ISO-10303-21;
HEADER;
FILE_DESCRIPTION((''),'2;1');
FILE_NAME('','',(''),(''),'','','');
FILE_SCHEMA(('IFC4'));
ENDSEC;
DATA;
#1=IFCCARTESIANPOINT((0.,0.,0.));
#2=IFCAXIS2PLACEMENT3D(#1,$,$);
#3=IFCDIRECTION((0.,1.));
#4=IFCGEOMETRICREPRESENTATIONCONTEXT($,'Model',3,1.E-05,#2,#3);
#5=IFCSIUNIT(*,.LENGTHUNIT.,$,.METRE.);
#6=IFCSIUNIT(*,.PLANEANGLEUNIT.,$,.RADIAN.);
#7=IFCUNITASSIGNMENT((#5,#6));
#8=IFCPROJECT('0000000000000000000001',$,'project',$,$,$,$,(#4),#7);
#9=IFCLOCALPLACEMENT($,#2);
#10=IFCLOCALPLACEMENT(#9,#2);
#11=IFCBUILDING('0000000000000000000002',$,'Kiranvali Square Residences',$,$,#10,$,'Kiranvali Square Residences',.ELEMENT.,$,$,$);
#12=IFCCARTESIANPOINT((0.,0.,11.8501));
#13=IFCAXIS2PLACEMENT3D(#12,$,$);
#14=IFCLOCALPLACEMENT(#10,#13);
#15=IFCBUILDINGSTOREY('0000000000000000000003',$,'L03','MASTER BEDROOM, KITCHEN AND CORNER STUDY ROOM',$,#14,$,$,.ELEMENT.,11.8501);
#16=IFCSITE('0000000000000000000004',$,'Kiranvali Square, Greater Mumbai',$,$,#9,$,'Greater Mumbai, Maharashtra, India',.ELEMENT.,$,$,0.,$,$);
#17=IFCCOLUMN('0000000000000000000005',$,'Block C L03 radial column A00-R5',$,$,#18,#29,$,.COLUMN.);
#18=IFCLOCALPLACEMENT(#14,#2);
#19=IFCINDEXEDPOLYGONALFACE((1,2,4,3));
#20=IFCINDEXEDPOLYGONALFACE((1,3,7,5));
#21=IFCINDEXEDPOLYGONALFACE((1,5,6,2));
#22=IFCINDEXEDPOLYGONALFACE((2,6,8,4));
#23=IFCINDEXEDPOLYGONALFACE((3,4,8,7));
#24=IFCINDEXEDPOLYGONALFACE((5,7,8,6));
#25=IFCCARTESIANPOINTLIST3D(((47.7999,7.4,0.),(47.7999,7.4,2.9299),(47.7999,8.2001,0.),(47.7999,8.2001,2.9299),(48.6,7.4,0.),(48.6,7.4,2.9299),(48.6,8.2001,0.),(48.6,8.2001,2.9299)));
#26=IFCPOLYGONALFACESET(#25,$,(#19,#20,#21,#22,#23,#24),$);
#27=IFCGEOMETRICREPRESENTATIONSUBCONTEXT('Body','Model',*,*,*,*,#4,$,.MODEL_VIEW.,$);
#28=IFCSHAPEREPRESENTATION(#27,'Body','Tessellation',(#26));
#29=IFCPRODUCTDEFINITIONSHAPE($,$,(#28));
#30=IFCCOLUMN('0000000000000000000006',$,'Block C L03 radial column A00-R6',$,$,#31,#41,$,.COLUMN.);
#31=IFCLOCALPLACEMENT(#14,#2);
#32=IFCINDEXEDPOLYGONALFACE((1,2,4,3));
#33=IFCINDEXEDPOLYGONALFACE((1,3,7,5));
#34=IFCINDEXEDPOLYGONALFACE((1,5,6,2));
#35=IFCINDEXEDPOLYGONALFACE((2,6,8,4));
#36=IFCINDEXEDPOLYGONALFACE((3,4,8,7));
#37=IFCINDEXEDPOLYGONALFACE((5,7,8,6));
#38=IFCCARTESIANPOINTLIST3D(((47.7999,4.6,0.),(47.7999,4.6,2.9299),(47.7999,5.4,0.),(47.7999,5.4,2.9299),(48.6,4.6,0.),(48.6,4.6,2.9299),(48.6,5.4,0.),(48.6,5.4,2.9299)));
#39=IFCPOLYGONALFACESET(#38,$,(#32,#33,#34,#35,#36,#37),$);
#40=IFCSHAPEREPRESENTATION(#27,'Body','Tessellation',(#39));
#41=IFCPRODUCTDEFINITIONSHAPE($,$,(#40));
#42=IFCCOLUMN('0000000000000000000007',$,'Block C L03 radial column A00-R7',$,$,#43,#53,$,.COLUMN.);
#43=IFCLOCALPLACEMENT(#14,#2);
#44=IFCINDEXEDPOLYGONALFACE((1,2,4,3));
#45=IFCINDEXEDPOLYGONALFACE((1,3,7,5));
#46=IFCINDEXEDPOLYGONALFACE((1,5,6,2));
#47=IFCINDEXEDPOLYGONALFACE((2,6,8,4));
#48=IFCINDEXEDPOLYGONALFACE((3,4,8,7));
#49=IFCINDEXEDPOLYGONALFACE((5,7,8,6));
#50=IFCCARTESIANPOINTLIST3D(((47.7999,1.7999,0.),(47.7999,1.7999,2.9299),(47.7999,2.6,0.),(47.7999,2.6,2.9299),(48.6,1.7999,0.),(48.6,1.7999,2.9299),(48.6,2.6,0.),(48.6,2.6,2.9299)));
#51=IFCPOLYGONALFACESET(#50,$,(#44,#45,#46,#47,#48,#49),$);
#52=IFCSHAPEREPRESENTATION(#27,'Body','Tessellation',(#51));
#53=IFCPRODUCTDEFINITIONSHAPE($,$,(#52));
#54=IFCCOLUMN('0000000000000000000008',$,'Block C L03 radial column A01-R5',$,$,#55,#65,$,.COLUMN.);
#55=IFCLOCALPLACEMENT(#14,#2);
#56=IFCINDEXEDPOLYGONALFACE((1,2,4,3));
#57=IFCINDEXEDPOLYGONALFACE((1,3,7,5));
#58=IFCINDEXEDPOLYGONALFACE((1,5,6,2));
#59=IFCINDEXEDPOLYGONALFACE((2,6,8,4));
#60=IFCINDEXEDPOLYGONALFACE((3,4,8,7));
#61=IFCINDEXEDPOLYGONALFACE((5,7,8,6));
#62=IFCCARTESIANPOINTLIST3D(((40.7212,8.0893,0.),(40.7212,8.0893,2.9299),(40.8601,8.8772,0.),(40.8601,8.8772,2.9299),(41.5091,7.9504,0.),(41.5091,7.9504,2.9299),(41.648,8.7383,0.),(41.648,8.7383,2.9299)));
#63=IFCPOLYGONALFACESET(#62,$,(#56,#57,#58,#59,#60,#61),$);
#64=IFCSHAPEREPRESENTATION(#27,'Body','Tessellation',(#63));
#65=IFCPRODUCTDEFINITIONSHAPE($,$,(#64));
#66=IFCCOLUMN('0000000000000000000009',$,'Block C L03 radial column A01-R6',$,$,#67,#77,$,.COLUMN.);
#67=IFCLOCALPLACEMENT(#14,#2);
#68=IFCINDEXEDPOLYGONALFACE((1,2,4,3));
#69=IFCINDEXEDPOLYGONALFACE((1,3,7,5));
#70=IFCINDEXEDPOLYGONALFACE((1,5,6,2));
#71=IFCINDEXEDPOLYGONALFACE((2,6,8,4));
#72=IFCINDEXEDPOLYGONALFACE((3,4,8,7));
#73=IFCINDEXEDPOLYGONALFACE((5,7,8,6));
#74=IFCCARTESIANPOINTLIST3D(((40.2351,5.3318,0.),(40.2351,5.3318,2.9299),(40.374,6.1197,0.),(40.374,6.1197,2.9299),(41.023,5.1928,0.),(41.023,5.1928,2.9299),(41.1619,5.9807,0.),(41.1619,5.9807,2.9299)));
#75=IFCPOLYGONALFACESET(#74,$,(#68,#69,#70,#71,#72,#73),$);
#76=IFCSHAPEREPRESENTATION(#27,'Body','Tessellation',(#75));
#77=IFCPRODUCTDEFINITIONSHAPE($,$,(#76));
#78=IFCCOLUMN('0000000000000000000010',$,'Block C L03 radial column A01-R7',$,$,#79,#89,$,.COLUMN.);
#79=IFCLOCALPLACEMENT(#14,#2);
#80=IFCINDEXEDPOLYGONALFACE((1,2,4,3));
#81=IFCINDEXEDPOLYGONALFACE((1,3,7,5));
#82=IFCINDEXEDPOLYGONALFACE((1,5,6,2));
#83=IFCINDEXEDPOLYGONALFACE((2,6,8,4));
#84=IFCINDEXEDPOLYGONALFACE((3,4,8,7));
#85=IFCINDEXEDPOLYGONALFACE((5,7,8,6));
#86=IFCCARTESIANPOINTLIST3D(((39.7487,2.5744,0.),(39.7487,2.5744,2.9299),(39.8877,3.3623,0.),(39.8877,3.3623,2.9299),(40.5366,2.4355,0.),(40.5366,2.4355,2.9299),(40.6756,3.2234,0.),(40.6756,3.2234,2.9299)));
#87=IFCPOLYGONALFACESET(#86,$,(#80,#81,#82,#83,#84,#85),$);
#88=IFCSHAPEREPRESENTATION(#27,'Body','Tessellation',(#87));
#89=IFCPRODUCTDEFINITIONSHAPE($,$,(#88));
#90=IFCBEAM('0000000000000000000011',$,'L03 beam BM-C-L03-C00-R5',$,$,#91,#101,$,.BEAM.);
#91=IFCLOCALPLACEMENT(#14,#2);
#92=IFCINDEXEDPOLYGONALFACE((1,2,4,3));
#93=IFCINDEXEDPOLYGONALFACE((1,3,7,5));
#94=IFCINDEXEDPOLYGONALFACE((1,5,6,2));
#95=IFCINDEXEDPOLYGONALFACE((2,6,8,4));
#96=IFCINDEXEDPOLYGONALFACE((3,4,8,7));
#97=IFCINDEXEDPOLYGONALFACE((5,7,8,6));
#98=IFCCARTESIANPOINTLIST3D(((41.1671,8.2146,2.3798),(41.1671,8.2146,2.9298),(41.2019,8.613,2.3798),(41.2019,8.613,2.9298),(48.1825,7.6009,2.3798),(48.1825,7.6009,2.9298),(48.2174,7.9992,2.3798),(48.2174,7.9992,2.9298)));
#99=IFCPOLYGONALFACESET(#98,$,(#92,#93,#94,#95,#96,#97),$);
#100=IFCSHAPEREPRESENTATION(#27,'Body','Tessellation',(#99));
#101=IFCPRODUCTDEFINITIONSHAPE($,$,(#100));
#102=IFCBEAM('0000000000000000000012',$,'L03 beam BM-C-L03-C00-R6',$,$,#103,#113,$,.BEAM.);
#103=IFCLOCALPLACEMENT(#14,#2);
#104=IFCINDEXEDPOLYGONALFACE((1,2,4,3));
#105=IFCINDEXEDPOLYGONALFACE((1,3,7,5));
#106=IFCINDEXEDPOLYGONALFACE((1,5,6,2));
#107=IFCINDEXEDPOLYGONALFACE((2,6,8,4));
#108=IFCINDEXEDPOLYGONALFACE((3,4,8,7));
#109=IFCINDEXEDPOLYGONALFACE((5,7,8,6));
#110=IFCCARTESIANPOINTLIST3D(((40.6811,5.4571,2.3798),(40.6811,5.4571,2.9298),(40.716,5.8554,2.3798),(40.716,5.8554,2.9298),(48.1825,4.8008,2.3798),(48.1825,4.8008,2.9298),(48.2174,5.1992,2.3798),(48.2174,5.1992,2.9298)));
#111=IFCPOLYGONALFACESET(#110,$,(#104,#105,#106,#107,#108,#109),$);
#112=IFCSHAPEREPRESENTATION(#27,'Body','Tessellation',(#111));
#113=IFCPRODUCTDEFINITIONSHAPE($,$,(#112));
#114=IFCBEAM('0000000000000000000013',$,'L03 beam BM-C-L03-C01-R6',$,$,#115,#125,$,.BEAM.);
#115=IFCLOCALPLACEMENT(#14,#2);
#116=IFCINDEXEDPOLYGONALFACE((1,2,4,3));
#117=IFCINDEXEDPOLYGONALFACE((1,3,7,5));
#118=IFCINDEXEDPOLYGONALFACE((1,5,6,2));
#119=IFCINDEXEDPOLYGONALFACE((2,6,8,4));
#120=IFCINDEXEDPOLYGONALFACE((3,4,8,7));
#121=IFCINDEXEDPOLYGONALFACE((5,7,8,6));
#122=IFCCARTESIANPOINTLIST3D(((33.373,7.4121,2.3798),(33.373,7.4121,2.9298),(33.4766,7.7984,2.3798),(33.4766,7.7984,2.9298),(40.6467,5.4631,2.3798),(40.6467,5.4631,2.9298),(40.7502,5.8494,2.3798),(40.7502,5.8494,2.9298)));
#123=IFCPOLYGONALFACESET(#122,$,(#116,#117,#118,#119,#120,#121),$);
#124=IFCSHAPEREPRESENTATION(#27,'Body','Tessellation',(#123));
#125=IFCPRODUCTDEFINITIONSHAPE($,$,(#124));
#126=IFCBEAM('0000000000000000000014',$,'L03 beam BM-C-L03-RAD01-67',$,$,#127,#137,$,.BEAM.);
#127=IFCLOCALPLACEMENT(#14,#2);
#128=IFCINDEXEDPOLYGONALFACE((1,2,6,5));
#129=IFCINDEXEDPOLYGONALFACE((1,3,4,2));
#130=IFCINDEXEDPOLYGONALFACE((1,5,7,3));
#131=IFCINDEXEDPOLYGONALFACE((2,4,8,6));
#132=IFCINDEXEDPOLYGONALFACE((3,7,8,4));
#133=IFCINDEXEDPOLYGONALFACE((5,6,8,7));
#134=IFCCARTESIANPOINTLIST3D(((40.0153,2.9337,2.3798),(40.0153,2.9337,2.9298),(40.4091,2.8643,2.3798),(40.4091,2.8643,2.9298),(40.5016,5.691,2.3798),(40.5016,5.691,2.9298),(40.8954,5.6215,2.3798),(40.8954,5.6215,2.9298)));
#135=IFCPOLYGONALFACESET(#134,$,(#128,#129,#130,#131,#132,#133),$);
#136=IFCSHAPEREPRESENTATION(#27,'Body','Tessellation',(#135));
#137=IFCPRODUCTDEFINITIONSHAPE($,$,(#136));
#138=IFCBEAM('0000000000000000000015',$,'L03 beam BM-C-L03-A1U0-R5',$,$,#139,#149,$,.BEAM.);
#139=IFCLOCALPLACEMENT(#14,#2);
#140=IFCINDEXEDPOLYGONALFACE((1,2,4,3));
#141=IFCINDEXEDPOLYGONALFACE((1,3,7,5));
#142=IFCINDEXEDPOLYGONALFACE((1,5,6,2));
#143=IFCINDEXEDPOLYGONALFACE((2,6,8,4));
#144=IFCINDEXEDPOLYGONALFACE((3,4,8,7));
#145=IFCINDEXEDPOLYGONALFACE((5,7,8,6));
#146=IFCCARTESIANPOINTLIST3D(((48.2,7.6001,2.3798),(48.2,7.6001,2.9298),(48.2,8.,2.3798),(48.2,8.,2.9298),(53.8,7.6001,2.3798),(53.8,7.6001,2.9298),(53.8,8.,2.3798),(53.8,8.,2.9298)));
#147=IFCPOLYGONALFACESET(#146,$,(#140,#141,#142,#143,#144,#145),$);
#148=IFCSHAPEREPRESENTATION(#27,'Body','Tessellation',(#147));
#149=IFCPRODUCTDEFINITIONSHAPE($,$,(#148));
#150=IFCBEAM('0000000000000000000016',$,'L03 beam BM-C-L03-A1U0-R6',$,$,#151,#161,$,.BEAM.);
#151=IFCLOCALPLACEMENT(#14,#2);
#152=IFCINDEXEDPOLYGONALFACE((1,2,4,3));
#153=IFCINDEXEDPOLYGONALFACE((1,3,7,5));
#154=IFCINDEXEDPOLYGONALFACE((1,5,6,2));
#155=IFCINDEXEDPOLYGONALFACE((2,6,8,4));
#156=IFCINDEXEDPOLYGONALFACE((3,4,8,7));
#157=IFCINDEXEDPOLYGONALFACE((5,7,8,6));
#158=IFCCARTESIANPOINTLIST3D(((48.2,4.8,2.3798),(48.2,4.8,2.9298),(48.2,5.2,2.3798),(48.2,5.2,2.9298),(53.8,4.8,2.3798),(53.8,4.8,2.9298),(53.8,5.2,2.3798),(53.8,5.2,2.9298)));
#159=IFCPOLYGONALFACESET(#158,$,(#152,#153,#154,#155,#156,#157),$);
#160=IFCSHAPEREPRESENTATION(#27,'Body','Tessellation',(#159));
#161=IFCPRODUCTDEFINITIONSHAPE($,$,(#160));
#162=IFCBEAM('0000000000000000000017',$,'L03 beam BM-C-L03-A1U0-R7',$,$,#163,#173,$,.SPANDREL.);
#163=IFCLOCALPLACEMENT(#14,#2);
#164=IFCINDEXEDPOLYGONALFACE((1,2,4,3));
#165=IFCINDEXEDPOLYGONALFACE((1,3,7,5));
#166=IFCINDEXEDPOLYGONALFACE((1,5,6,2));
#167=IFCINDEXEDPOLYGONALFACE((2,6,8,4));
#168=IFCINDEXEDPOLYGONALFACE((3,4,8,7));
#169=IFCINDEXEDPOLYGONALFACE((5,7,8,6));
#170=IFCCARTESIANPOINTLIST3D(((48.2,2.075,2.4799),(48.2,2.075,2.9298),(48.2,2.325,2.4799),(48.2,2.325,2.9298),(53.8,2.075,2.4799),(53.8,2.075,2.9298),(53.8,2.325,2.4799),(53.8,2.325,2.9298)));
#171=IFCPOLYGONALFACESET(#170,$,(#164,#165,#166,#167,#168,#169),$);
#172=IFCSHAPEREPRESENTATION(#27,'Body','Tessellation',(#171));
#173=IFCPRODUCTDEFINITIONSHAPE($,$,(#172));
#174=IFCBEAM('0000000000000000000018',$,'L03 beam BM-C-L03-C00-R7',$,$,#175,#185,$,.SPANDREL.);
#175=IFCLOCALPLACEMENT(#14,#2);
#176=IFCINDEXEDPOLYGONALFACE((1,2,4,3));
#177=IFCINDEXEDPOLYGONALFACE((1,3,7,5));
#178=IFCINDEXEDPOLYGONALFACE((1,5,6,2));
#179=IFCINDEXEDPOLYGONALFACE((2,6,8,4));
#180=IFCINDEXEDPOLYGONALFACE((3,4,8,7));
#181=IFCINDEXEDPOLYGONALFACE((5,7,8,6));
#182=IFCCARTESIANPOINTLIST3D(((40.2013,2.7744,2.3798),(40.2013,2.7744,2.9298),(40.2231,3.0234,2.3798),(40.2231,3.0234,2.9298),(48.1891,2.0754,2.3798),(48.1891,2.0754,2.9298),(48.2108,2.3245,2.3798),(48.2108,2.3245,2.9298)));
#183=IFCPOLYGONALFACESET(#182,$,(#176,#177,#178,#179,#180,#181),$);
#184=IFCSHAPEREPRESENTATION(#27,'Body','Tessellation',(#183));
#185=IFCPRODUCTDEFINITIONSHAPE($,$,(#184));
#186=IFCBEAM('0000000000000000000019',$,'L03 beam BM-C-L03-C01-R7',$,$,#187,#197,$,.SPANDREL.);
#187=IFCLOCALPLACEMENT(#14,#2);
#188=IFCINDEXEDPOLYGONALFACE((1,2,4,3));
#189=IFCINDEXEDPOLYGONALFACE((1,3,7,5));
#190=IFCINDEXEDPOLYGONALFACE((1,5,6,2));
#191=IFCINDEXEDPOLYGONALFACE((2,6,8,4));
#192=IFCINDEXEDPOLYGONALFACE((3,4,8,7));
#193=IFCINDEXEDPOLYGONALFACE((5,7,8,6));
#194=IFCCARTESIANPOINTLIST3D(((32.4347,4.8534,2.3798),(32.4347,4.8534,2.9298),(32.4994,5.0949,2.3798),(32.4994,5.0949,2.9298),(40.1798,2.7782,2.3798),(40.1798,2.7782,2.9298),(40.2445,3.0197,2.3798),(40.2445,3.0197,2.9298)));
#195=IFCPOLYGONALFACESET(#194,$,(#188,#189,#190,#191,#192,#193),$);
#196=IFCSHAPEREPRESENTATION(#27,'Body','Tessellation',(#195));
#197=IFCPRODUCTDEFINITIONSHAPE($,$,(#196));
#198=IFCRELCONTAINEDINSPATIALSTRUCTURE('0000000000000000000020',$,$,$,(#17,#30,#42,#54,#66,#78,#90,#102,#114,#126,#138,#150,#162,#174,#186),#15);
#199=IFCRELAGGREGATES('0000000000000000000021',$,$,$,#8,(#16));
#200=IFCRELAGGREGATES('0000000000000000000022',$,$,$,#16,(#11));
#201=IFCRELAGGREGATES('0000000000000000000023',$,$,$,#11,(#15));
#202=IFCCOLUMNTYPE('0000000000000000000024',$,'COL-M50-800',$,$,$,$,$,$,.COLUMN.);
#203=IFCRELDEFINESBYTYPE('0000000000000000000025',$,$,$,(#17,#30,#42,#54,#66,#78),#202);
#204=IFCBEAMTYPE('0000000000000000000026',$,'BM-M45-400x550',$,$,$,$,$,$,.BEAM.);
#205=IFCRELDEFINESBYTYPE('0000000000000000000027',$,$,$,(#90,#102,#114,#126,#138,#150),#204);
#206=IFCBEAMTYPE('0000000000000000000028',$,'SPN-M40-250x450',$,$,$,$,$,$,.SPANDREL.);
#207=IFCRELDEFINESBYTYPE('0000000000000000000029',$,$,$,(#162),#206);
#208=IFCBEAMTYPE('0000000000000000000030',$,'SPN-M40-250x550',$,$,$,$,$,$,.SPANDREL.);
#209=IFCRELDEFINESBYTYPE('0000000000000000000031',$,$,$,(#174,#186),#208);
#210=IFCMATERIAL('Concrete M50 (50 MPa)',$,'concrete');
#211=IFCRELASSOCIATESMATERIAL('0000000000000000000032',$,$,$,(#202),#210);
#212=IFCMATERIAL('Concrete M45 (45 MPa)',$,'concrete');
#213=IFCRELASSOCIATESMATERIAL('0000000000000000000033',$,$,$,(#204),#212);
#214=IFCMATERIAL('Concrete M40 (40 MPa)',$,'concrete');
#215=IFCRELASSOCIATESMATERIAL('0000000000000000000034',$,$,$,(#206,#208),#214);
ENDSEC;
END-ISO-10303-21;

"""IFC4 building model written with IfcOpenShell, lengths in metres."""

from ifc_helpers import new_model, si_unit, direction, frame, origin, origin_2d, place, context, subcontext, project, spatial, rectangle, extrude, material, material_profile, profile_set, type_object, element, save


model = new_model("IFC4")

# Units and contexts
model_context = context("Model", 3, precision=1e-05, world=origin(), true_north=direction((0.0, 1.0)))
body_context = subcontext(model_context, "Body", "Model", "MODEL_VIEW")
ifc_project = project(units=[si_unit("LENGTHUNIT", "METRE"), si_unit("PLANEANGLEUNIT", "RADIAN")], contexts=[model_context])

# Site, building, storey
site_placement = place(None, origin())
site = spatial("IfcSite", under=ifc_project, at=site_placement, Name="Kiranvali Square, Greater Mumbai", LongName="Greater Mumbai, Maharashtra, India", CompositionType="ELEMENT", RefElevation=0.0)
building_placement = place(site_placement, origin())
building = spatial("IfcBuilding", under=site, at=building_placement, Name="Kiranvali Square Residences", LongName="Kiranvali Square Residences", CompositionType="ELEMENT")
storey_placement = place(building_placement, frame((0.0, 0.0, 11.8501)))
storey = spatial("IfcBuildingStorey", under=building, at=storey_placement, Name="L03", Description="MASTER BEDROOM, KITCHEN AND CORNER STUDY ROOM", CompositionType="ELEMENT", Elevation=11.8501)

# Columns
ifc_material_1 = material(Name="Concrete M50 (50 MPa)", Category="concrete")
ifc_material_profile_1 = material_profile(ifc_material_1, rectangle(XDim=0.8, YDim=0.8, at=origin_2d()), Name="RC 800x800")
ifc_profile_set_1 = profile_set([ifc_material_profile_1], Name="Concrete M50 (50 MPa)")
column_type = type_object("IfcColumnType", Name="COL-M50-800", PredefinedType="COLUMN", material=ifc_profile_set_1)
for number, where, z_axis, x_axis, name in (
    (1, (48.2, 7.8, 0.0), (0.0, 0.0, 1.0), (1.0, 0.0, 0.0), "Block C L03 radial column A00-R5"),
    (2, (48.2, 5.0, 0.0), (0.0, 0.0, 1.0), (1.0, 0.0, 0.0), "Block C L03 radial column A00-R6"),
    (3, (48.2, 2.2, 0.0), (0.0, 0.0, 1.0), (1.0, 0.0, 0.0), "Block C L03 radial column A00-R7"),
    (4, (41.1846, 8.4138, 0.0), (0.0, 0.0, 1.0), (-0.984808, 0.173648, 0.0), "Block C L03 radial column A01-R5"),
    (5, (40.6985, 5.6562, 0.0), (0.0, 0.0, 1.0), (-0.984808, 0.173648, 0.0), "Block C L03 radial column A01-R6"),
    (6, (40.2122, 2.8989, 0.0), (0.0, 0.0, 1.0), (-0.984808, 0.173648, 0.0), "Block C L03 radial column A01-R7"),
):
    element("IfcColumn", number, at=place(storey_placement, frame(where, z_axis=z_axis, x_axis=x_axis)), inside=storey, type_object=column_type, Name=name, PredefinedType="COLUMN", context=body_context, shape_type="SweptSolid", body=[
        extrude(rectangle(XDim=0.8, YDim=0.8, at=origin_2d()), origin(), (0.0, 0.0, 1.0), 2.9299),
    ])

# Beams
ifc_material_2 = material(Name="Concrete M45 (45 MPa)", Category="concrete")
ifc_material_profile_2 = material_profile(ifc_material_2, rectangle(XDim=0.3999, YDim=0.55, at=origin_2d()), Name="RC 400x550")
ifc_profile_set_2 = profile_set([ifc_material_profile_2], Name="Concrete M45 (45 MPa)")
beam_type_1 = type_object("IfcBeamType", Name="BM-M45-400x550", PredefinedType="BEAM", material=ifc_profile_set_2)
beam_1_placement = place(storey_placement, frame((48.2, 7.8, 2.6548), z_axis=(-0.996195, 0.087156, 0.0), x_axis=(-0.087156, -0.996195, 0.0)))
element("IfcBeam", 7, at=beam_1_placement, inside=storey, type_object=beam_type_1, Name="L03 beam BM-C-L03-C00-R5", PredefinedType="BEAM", context=body_context, shape_type="SweptSolid", body=[
    extrude(rectangle(XDim=0.3999, YDim=0.55, at=origin_2d()), origin(), (0.0, 0.0, 1.0), 7.0422),
])
beam_2_placement = place(storey_placement, frame((48.2, 5.0, 2.6548), z_axis=(-0.996195, 0.08715, 0.0), x_axis=(-0.08715, -0.996195, 0.0)))
element("IfcBeam", 8, at=beam_2_placement, inside=storey, type_object=beam_type_1, Name="L03 beam BM-C-L03-C00-R6", PredefinedType="BEAM", context=body_context, shape_type="SweptSolid", body=[
    extrude(rectangle(XDim=0.3999, YDim=0.55, at=origin_2d()), origin(), (0.0, 0.0, 1.0), 7.53),
])
beam_3_placement = place(storey_placement, frame((40.6985, 5.6562, 2.6548), z_axis=(-0.965926, 0.258819, 0.0), x_axis=(-0.258819, -0.965926, 0.0)))
element("IfcBeam", 9, at=beam_3_placement, inside=storey, type_object=beam_type_1, Name="L03 beam BM-C-L03-C01-R6", PredefinedType="BEAM", context=body_context, shape_type="SweptSolid", body=[
    extrude(rectangle(XDim=0.3999, YDim=0.55, at=origin_2d()), origin(), (0.0, 0.0, 1.0), 7.5303),
])
beam_4_placement = place(storey_placement, frame((40.6985, 5.6562, 2.6548), z_axis=(-0.173696, -0.984799, 0.0), x_axis=(0.984799, -0.173696, 0.0)))
element("IfcBeam", 10, at=beam_4_placement, inside=storey, type_object=beam_type_1, Name="L03 beam BM-C-L03-RAD01-67", PredefinedType="BEAM", context=body_context, shape_type="SweptSolid", body=[
    extrude(rectangle(XDim=0.3999, YDim=0.55, at=origin_2d()), origin(), (0.0, 0.0, 1.0), 2.7998),
])
for number, where, z_axis, x_axis, name in (
    (11, (48.2, 7.8, 2.6548), (1.0, 0.0, 0.0), (0.0, 1.0, 0.0), "L03 beam BM-C-L03-A1U0-R5"),
    (12, (48.2, 5.0, 2.6548), (1.0, 0.0, 0.0), (0.0, 1.0, 0.0), "L03 beam BM-C-L03-A1U0-R6"),
):
    element("IfcBeam", number, at=place(storey_placement, frame(where, z_axis=z_axis, x_axis=x_axis)), inside=storey, type_object=beam_type_1, Name=name, PredefinedType="BEAM", context=body_context, shape_type="SweptSolid", body=[
        extrude(rectangle(XDim=0.3999, YDim=0.55, at=origin_2d()), origin(), (0.0, 0.0, 1.0), 5.6001),
    ])
ifc_material_3 = material(Name="Concrete M40 (40 MPa)", Category="concrete")
ifc_material_profile_3 = material_profile(ifc_material_3, rectangle(XDim=0.25, YDim=0.45, at=origin_2d()), Name="RC 250x450")
ifc_profile_set_3 = profile_set([ifc_material_profile_3], Name="Concrete M40 (40 MPa)")
beam_type_2 = type_object("IfcBeamType", Name="SPN-M40-250x450", PredefinedType="SPANDREL", material=ifc_profile_set_3)
beam_5_placement = place(storey_placement, frame((48.2, 2.2, 2.7048), z_axis=(1.0, 0.0, 0.0), x_axis=(0.0, 1.0, 0.0)))
element("IfcBeam", 13, at=beam_5_placement, inside=storey, type_object=beam_type_2, Name="L03 beam BM-C-L03-A1U0-R7", PredefinedType="SPANDREL", context=body_context, shape_type="SweptSolid", body=[
    extrude(rectangle(XDim=0.25, YDim=0.45, at=origin_2d()), origin(), (0.0, 0.0, 1.0), 5.6001),
])
ifc_material_profile_4 = material_profile(ifc_material_3, rectangle(XDim=0.25, YDim=0.55, at=origin_2d()), Name="RC 250x550")
ifc_profile_set_4 = profile_set([ifc_material_profile_4], Name="Concrete M40 (40 MPa)")
beam_type_3 = type_object("IfcBeamType", Name="SPN-M40-250x550", PredefinedType="SPANDREL", material=ifc_profile_set_4)
for number, where, z_axis, x_axis, name in (
    (14, (48.2, 2.2, 2.6548), (-0.996193, 0.087172, 0.0), (-0.087172, -0.996193, 0.0), "L03 beam BM-C-L03-C00-R7"),
    (15, (40.2122, 2.8989, 2.6548), (-0.965929, 0.258807, 0.0), (-0.258807, -0.965929, 0.0), "L03 beam BM-C-L03-C01-R7"),
):
    element("IfcBeam", number, at=place(storey_placement, frame(where, z_axis=z_axis, x_axis=x_axis)), inside=storey, type_object=beam_type_3, Name=name, PredefinedType="SPANDREL", context=body_context, shape_type="SweptSolid", body=[
        extrude(rectangle(XDim=0.25, YDim=0.55, at=origin_2d()), origin(), (0.0, 0.0, 1.0), 8.0183),
    ])

save(model, "model.ifc")
